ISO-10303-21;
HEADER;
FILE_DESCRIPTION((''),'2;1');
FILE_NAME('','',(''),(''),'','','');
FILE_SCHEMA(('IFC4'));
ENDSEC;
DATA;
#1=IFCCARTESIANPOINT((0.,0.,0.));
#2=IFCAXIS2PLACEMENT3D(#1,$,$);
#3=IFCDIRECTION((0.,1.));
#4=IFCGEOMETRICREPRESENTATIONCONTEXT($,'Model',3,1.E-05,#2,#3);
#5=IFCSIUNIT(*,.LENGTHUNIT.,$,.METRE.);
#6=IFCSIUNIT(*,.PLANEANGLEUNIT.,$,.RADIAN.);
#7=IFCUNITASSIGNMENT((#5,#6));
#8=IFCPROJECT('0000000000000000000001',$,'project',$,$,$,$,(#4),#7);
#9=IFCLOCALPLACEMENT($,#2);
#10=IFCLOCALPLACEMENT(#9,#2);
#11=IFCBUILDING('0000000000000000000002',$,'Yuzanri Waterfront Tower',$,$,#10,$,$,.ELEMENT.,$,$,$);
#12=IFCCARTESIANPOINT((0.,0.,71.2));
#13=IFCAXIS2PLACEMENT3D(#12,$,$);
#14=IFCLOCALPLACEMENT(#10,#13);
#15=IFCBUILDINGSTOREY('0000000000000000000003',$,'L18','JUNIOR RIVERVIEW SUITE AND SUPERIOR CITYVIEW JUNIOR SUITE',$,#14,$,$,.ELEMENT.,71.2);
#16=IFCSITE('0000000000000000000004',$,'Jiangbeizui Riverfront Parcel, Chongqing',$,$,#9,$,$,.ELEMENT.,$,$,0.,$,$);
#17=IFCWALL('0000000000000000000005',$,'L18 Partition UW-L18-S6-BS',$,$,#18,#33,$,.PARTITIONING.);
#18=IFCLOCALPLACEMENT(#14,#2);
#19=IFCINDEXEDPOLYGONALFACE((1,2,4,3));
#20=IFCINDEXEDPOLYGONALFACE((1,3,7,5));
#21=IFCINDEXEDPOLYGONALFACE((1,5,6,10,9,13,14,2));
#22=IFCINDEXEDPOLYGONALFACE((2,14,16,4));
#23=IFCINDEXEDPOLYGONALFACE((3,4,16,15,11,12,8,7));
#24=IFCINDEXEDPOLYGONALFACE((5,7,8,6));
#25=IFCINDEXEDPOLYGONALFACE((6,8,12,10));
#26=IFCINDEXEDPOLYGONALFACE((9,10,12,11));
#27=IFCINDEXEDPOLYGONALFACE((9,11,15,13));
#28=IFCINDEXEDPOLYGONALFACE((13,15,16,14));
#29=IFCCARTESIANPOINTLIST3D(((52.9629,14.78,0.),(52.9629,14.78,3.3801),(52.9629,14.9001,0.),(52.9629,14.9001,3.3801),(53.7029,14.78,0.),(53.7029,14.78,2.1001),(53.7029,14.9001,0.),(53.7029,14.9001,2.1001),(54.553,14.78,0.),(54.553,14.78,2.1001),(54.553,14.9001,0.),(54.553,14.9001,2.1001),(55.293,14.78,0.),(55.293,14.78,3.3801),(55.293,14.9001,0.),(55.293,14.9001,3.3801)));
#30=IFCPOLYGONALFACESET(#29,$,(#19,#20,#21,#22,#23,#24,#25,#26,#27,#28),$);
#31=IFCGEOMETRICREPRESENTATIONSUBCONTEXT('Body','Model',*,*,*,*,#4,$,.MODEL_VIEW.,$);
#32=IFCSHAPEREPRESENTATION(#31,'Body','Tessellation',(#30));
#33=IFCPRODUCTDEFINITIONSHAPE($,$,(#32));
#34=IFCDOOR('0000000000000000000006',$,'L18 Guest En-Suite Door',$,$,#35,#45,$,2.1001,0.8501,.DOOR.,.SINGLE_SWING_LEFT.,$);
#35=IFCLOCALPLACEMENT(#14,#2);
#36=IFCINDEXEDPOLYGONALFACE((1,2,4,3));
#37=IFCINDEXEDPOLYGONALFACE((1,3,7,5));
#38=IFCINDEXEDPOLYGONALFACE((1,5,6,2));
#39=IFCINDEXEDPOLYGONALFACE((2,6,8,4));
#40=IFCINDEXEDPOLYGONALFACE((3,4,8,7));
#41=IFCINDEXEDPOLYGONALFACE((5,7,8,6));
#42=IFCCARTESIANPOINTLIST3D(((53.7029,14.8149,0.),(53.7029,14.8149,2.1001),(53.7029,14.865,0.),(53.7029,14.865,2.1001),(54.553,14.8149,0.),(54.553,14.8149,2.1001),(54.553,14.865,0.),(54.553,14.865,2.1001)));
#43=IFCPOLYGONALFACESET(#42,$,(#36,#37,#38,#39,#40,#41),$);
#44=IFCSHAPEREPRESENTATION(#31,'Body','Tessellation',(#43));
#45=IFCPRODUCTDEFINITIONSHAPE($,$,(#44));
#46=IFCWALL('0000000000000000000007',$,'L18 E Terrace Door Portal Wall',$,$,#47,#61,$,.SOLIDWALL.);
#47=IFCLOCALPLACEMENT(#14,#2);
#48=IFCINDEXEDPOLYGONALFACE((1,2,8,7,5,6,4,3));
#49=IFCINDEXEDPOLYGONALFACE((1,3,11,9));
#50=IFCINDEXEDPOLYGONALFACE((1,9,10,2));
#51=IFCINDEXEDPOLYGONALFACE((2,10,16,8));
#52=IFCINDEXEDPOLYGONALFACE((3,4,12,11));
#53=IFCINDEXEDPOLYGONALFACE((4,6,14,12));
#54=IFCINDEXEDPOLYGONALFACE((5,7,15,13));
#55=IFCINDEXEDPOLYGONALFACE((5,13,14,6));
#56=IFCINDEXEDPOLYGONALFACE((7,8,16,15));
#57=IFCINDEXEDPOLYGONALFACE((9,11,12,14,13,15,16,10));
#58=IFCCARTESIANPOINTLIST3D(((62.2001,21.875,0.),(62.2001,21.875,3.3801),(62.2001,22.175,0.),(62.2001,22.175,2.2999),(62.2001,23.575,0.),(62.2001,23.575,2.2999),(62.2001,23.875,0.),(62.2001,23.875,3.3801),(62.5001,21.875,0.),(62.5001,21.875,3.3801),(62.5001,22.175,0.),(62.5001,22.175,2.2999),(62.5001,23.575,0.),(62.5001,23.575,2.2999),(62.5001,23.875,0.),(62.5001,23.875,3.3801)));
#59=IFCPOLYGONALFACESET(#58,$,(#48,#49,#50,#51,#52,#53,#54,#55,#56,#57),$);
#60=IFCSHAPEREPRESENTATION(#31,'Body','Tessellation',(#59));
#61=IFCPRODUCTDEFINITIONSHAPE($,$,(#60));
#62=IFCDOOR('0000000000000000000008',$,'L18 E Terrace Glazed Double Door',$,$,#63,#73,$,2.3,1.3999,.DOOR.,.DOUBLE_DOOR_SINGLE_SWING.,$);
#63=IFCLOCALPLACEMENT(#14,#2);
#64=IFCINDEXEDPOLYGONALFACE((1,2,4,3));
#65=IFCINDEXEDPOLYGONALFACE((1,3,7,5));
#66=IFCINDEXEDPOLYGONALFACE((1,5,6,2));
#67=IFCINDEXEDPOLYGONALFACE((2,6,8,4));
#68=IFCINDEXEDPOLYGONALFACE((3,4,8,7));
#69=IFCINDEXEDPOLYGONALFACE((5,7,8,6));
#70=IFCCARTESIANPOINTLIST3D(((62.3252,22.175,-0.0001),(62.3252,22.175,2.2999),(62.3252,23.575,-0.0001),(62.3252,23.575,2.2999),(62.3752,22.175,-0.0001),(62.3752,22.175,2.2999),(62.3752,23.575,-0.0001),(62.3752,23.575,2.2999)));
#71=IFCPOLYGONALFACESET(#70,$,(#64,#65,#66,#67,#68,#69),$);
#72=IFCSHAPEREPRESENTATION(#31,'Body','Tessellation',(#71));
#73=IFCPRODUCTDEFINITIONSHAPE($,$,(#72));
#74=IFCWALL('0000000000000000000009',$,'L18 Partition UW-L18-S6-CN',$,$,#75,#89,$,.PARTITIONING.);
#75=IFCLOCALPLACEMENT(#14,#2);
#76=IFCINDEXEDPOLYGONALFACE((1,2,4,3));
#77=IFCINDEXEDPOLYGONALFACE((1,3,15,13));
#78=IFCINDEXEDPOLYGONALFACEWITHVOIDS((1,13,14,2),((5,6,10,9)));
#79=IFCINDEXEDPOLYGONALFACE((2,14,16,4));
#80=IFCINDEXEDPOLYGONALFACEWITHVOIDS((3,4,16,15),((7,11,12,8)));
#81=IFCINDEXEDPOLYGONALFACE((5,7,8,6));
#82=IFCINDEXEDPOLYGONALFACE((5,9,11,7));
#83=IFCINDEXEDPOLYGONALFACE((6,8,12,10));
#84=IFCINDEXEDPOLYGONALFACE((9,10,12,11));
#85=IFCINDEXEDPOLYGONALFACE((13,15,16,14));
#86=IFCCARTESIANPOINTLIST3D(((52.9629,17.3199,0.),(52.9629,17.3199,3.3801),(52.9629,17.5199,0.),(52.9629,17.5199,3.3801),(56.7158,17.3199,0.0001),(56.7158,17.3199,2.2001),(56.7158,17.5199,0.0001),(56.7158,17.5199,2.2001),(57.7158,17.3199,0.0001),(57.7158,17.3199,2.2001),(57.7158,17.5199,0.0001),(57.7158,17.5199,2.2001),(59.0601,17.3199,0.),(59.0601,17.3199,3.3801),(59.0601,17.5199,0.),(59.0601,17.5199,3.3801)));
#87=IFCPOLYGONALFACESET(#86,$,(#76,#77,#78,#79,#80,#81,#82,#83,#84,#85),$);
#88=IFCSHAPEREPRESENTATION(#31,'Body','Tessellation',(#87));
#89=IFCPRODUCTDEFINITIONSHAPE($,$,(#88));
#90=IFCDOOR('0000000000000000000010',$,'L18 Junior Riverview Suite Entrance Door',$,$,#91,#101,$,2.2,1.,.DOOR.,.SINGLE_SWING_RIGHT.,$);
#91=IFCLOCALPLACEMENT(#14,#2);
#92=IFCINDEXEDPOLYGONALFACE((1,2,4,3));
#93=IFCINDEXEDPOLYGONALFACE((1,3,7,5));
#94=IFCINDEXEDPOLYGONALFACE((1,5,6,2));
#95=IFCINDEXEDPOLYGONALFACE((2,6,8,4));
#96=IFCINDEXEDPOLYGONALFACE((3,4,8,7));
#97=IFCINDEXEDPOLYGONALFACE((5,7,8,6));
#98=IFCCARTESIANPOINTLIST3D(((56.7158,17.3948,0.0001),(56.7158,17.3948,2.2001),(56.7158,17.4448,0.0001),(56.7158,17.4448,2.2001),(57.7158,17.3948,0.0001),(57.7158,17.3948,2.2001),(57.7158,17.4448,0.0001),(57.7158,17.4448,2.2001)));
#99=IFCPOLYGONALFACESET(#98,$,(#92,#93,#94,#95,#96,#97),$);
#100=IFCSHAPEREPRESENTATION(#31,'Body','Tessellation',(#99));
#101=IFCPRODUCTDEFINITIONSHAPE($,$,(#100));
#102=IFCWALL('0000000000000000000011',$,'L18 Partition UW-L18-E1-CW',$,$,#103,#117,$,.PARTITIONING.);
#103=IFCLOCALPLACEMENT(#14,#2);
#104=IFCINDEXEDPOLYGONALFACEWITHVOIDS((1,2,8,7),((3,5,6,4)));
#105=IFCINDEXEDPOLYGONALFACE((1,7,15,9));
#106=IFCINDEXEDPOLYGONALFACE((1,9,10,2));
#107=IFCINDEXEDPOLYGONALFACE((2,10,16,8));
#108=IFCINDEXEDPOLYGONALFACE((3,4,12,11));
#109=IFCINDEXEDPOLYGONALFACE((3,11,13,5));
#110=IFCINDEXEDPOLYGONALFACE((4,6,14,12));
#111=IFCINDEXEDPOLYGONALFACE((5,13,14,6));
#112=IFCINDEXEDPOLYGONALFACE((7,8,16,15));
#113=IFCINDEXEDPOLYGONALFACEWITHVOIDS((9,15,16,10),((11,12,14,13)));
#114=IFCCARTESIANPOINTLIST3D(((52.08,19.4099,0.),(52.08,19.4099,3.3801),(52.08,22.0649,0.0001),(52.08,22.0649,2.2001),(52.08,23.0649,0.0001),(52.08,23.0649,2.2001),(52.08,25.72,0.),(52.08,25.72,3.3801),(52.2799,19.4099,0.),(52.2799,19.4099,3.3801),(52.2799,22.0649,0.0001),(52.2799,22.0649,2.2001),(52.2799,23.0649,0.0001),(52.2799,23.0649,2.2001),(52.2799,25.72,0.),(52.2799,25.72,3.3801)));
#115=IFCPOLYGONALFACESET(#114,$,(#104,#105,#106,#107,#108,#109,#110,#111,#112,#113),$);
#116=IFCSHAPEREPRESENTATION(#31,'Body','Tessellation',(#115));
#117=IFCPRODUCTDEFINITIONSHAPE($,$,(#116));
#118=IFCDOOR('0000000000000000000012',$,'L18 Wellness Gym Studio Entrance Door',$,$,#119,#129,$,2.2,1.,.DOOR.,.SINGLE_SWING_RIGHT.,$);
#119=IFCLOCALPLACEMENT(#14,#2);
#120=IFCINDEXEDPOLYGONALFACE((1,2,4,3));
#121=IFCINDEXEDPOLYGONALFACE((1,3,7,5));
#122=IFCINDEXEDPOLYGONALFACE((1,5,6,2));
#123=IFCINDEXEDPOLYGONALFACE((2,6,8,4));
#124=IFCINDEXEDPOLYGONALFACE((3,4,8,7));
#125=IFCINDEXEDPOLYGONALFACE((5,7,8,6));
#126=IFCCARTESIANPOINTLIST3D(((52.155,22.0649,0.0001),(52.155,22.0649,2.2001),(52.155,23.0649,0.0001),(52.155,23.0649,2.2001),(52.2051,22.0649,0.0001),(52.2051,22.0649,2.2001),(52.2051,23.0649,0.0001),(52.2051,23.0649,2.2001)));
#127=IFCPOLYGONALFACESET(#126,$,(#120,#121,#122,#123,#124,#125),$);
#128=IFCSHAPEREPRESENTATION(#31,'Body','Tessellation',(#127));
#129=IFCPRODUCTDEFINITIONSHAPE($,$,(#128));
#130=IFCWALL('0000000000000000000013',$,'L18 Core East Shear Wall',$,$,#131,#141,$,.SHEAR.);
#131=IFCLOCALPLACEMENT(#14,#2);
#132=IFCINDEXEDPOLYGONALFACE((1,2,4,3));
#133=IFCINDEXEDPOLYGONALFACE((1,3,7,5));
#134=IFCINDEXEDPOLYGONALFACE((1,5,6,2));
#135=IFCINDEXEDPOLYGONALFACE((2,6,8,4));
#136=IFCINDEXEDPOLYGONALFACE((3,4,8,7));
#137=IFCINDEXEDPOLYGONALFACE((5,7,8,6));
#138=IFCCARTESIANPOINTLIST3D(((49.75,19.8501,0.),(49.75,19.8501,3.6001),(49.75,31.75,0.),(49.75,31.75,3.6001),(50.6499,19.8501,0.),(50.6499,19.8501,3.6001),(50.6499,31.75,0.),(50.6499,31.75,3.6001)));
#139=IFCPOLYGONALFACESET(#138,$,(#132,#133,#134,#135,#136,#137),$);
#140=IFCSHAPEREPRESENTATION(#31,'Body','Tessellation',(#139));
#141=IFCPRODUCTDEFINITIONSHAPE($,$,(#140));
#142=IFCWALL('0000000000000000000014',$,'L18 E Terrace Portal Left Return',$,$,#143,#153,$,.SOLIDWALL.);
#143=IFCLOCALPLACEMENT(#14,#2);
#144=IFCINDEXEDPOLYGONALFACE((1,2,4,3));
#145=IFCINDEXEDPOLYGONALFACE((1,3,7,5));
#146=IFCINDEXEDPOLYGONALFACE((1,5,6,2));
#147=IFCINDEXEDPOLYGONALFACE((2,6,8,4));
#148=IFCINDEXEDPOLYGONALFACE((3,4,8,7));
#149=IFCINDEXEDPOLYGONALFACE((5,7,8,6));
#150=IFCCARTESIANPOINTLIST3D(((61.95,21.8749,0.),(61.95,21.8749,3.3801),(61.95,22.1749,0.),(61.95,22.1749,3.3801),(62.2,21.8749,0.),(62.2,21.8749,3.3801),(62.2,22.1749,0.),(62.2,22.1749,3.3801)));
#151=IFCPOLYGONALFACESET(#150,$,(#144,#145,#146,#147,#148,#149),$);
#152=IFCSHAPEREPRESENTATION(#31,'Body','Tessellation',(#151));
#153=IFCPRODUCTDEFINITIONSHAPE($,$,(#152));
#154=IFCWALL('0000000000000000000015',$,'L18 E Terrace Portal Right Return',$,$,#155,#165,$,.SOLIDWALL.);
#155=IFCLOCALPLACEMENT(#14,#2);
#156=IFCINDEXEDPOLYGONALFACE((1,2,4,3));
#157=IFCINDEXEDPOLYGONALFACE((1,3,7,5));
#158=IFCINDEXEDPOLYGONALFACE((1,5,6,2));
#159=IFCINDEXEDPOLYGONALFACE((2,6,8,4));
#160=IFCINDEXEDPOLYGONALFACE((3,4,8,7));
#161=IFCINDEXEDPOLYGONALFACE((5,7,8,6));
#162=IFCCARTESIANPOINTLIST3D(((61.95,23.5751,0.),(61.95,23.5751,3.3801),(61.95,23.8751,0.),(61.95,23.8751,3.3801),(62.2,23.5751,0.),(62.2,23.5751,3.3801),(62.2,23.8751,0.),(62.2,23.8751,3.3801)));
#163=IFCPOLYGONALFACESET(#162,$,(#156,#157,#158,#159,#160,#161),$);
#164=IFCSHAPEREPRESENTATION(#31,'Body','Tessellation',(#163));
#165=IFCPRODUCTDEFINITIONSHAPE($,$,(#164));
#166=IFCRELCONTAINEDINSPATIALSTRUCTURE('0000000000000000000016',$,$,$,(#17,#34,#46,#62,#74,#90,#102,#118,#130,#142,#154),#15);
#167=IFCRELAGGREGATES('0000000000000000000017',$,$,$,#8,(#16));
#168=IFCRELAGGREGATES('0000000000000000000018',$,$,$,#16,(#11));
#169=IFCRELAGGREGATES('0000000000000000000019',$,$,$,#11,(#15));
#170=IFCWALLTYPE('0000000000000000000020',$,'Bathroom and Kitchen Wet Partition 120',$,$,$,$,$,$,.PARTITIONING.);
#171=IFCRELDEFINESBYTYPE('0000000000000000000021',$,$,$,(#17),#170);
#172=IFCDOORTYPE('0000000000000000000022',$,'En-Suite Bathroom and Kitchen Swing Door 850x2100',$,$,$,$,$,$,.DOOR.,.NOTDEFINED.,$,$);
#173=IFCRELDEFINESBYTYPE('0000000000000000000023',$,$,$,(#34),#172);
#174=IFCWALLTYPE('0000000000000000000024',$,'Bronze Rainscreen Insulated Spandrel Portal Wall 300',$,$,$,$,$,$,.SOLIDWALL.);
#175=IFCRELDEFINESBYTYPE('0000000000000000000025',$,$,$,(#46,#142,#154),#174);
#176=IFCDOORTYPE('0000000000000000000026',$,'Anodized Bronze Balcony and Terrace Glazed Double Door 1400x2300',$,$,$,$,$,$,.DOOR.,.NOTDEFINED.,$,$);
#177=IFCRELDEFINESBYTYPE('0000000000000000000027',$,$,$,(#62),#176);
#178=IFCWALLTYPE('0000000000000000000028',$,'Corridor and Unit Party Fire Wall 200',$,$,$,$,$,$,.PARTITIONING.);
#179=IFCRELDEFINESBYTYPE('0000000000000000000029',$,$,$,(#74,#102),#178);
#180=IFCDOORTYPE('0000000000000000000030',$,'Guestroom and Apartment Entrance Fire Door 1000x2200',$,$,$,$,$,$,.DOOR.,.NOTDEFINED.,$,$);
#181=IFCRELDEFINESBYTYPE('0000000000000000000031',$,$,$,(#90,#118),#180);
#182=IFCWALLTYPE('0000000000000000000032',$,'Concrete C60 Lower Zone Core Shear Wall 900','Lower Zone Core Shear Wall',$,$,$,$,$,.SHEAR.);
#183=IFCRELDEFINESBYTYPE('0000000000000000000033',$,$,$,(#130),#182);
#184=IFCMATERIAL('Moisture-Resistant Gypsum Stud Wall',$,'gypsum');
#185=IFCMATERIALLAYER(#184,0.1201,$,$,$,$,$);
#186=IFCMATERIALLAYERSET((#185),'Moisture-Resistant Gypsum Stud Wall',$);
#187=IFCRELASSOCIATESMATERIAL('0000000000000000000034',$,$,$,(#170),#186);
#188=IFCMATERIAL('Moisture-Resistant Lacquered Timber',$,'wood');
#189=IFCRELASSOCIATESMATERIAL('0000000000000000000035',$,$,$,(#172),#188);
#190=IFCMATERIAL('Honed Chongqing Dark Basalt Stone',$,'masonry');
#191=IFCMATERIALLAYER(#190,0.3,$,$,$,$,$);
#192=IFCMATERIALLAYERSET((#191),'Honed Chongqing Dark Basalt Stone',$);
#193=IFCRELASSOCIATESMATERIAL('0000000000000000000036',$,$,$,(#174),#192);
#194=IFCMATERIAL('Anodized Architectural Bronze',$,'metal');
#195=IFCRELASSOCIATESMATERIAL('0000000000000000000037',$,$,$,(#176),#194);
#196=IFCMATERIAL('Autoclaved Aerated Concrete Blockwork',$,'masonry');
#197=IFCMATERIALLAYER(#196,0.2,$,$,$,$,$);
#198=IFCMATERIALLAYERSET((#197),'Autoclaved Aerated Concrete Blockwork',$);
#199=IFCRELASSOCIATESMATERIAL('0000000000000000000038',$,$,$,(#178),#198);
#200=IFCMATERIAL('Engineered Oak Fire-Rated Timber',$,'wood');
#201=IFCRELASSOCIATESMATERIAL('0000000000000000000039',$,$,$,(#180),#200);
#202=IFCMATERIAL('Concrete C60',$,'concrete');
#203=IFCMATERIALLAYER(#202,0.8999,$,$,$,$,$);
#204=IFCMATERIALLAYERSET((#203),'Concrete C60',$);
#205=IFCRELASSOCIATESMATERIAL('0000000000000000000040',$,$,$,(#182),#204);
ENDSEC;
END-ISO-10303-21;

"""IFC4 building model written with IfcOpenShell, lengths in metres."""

from ifc_helpers import new_model, si_unit, direction, frame, frame_2d, origin, place, context, subcontext, project, spatial, rectangle, extrude, source, transform, mapped, material, layer, layer_set, type_object, element, fill, save


model = new_model("IFC4")

# Units and contexts
model_context = context("Model", 3, precision=1e-05, world=origin(), true_north=direction((0.0, 1.0)))
body_context = subcontext(model_context, "Body", "Model", "MODEL_VIEW")
ifc_project = project(units=[si_unit("LENGTHUNIT", "METRE"), si_unit("PLANEANGLEUNIT", "RADIAN")], contexts=[model_context])

# Site, building, storey
site_placement = place(None, origin())
site = spatial("IfcSite", under=ifc_project, at=site_placement, Name="Jiangbeizui Riverfront Parcel, Chongqing", CompositionType="ELEMENT", RefElevation=0.0)
building_placement = place(site_placement, origin())
building = spatial("IfcBuilding", under=site, at=building_placement, Name="Yuzanri Waterfront Tower", CompositionType="ELEMENT")
storey_placement = place(building_placement, frame((0.0, 0.0, 71.2)))
storey = spatial("IfcBuildingStorey", under=building, at=storey_placement, Name="L18", Description="JUNIOR RIVERVIEW SUITE AND SUPERIOR CITYVIEW JUNIOR SUITE", CompositionType="ELEMENT", Elevation=71.2)

# Walls, openings, doors
ifc_material_1 = material(Name="Moisture-Resistant Gypsum Stud Wall", Category="gypsum")
ifc_layer_1 = layer(ifc_material_1, 0.1201)
ifc_layer_set_1 = layer_set([ifc_layer_1], Name="Moisture-Resistant Gypsum Stud Wall")
wall_type_1 = type_object("IfcWallType", Name="Bathroom and Kitchen Wet Partition 120", PredefinedType="PARTITIONING", material=ifc_layer_set_1)
wall_1_placement = place(storey_placement, frame((52.9629, 14.8401, 0.0), z_axis=(0.0, 0.0, 1.0), x_axis=(1.0, 0.0, 0.0)))
wall_1 = element("IfcWall", 1, at=wall_1_placement, inside=storey, type_object=wall_type_1, Name="L18 Partition UW-L18-S6-BS", PredefinedType="PARTITIONING", context=body_context, shape_type="SweptSolid", body=[
    extrude(rectangle(XDim=2.3301, YDim=0.1201, at=frame_2d((1.165, 0.0))), origin(), (0.0, 0.0, 1.0), 3.3801),
])
opening_1_placement = place(wall_1_placement, frame((0.74, 0.0, 0.0)))
opening_1 = element("IfcOpeningElement", 2, at=opening_1_placement, cuts=wall_1, PredefinedType="OPENING", context=body_context, shape_type="SweptSolid", body=[
    extrude(rectangle(XDim=0.8501, YDim=2.1001, at=frame_2d((0.425, 1.05))), frame((0.0, 0.075, 0.0), z_axis=(0.0, -1.0, 0.0), x_axis=(1.0, 0.0, 0.0)), (0.0, 0.0, 1.0), 0.1499),
])
ifc_material_2 = material(Name="Moisture-Resistant Lacquered Timber", Category="wood")
door_type_1 = type_object("IfcDoorType", Name="En-Suite Bathroom and Kitchen Swing Door 850x2100", OperationType="NOTDEFINED", PredefinedType="DOOR", material=ifc_material_2)
shared_shape_1 = source(origin(), body_context, "Body", "SweptSolid", [
    extrude(rectangle(XDim=0.8501, YDim=2.1001, at=frame_2d((0.425, 1.05))), frame((0.0, 0.0249, 0.0), z_axis=(0.0, -1.0, 0.0), x_axis=(1.0, 0.0, 0.0)), (0.0, 0.0, 1.0), 0.05),
])
door_1_placement = place(opening_1_placement, origin())
door_1 = element("IfcDoor", 3, at=door_1_placement, inside=storey, type_object=door_type_1, Name="L18 Guest En-Suite Door", OperationType="SINGLE_SWING_LEFT", OverallHeight=2.1001, OverallWidth=0.8501, PredefinedType="DOOR", context=body_context, shape_type="MappedRepresentation", body=[
    mapped(shared_shape_1, transform((0.0, 0.0, 0.0), scale=1.0)),
])
fill(opening_1, door_1)
ifc_material_3 = material(Name="Honed Chongqing Dark Basalt Stone", Category="masonry")
ifc_layer_2 = layer(ifc_material_3, 0.3)
ifc_layer_set_2 = layer_set([ifc_layer_2], Name="Honed Chongqing Dark Basalt Stone")
wall_type_2 = type_object("IfcWallType", Name="Bronze Rainscreen Insulated Spandrel Portal Wall 300", PredefinedType="SOLIDWALL", material=ifc_layer_set_2)
wall_2_placement = place(storey_placement, frame((62.3501, 21.875, 0.0), z_axis=(0.0, 0.0, 1.0), x_axis=(0.0, 1.0, 0.0)))
wall_2 = element("IfcWall", 4, at=wall_2_placement, inside=storey, type_object=wall_type_2, Name="L18 E Terrace Door Portal Wall", PredefinedType="SOLIDWALL", context=body_context, shape_type="SweptSolid", body=[
    extrude(rectangle(XDim=2.0, YDim=0.3, at=frame_2d((1.0, 0.0))), origin(), (0.0, 0.0, 1.0), 3.3801),
])
opening_2_placement = place(wall_2_placement, frame((0.3, 0.0, 0.0)))
opening_2 = element("IfcOpeningElement", 5, at=opening_2_placement, cuts=wall_2, PredefinedType="OPENING", context=body_context, shape_type="SweptSolid", body=[
    extrude(rectangle(XDim=1.3999, YDim=2.3, at=frame_2d((0.7, 1.1499))), frame((0.0, 0.165, 0.0), z_axis=(0.0, -1.0, 0.0), x_axis=(1.0, 0.0, 0.0)), (0.0, 0.0, 1.0), 0.3298),
])
ifc_material_4 = material(Name="Anodized Architectural Bronze", Category="metal")
door_type_2 = type_object("IfcDoorType", Name="Anodized Bronze Balcony and Terrace Glazed Double Door 1400x2300", OperationType="NOTDEFINED", PredefinedType="DOOR", material=ifc_material_4)
shared_shape_2 = source(origin(), body_context, "Body", "SweptSolid", [
    extrude(rectangle(XDim=1.3999, YDim=2.3, at=frame_2d((0.7, 1.1499))), frame((0.0, 0.0249, 0.0), z_axis=(0.0, -1.0, 0.0), x_axis=(1.0, 0.0, 0.0)), (0.0, 0.0, 1.0), 0.05),
])
door_2_placement = place(opening_2_placement, origin())
door_2 = element("IfcDoor", 6, at=door_2_placement, inside=storey, type_object=door_type_2, Name="L18 E Terrace Glazed Double Door", OperationType="DOUBLE_DOOR_SINGLE_SWING", OverallHeight=2.3, OverallWidth=1.3999, PredefinedType="DOOR", context=body_context, shape_type="MappedRepresentation", body=[
    mapped(shared_shape_2, transform((0.0, 0.0, 0.0), scale=1.0)),
])
fill(opening_2, door_2)
ifc_material_5 = material(Name="Autoclaved Aerated Concrete Blockwork", Category="masonry")
ifc_layer_3 = layer(ifc_material_5, 0.2)
ifc_layer_set_3 = layer_set([ifc_layer_3], Name="Autoclaved Aerated Concrete Blockwork")
wall_type_3 = type_object("IfcWallType", Name="Corridor and Unit Party Fire Wall 200", PredefinedType="PARTITIONING", material=ifc_layer_set_3)
wall_3_placement = place(storey_placement, frame((52.9629, 17.4199, 0.0), z_axis=(0.0, 0.0, 1.0), x_axis=(1.0, 0.0, 0.0)))
wall_3 = element("IfcWall", 7, at=wall_3_placement, inside=storey, type_object=wall_type_3, Name="L18 Partition UW-L18-S6-CN", PredefinedType="PARTITIONING", context=body_context, shape_type="SweptSolid", body=[
    extrude(rectangle(XDim=6.0972, YDim=0.2, at=frame_2d((3.0486, 0.0))), origin(), (0.0, 0.0, 1.0), 3.3801),
])
opening_3_placement = place(wall_3_placement, frame((3.7529, 0.0, 0.0)))
opening_3 = element("IfcOpeningElement", 8, at=opening_3_placement, cuts=wall_3, PredefinedType="OPENING", context=body_context, shape_type="SweptSolid", body=[
    extrude(rectangle(XDim=1.0, YDim=2.2, at=frame_2d((0.5, 1.1001))), frame((0.0, 0.1147, 0.0), z_axis=(0.0, -1.0, 0.0), x_axis=(1.0, 0.0, 0.0)), (0.0, 0.0, 1.0), 0.2297),
])
ifc_material_6 = material(Name="Engineered Oak Fire-Rated Timber", Category="wood")
door_type_3 = type_object("IfcDoorType", Name="Guestroom and Apartment Entrance Fire Door 1000x2200", OperationType="NOTDEFINED", PredefinedType="DOOR", material=ifc_material_6)
shared_shape_3 = source(origin(), body_context, "Body", "SweptSolid", [
    extrude(rectangle(XDim=1.0, YDim=2.2, at=frame_2d((0.5, 1.1001))), frame((0.0, 0.0249, 0.0), z_axis=(0.0, -1.0, 0.0), x_axis=(1.0, 0.0, 0.0)), (0.0, 0.0, 1.0), 0.05),
])
door_3_placement = place(opening_3_placement, origin())
door_3 = element("IfcDoor", 9, at=door_3_placement, inside=storey, type_object=door_type_3, Name="L18 Junior Riverview Suite Entrance Door", OperationType="SINGLE_SWING_RIGHT", OverallHeight=2.2, OverallWidth=1.0, PredefinedType="DOOR", context=body_context, shape_type="MappedRepresentation", body=[
    mapped(shared_shape_3, transform((0.0, 0.0, 0.0), scale=1.0)),
])
fill(opening_3, door_3)
wall_4_placement = place(storey_placement, frame((52.1799, 19.4099, 0.0), z_axis=(0.0, 0.0, 1.0), x_axis=(0.0, 1.0, 0.0)))
wall_4 = element("IfcWall", 10, at=wall_4_placement, inside=storey, type_object=wall_type_3, Name="L18 Partition UW-L18-E1-CW", PredefinedType="PARTITIONING", context=body_context, shape_type="SweptSolid", body=[
    extrude(rectangle(XDim=6.3101, YDim=0.2, at=frame_2d((3.155, 0.0))), origin(), (0.0, 0.0, 1.0), 3.3801),
])
opening_4_placement = place(wall_4_placement, frame((2.655, 0.0, 0.0)))
opening_4 = element("IfcOpeningElement", 11, at=opening_4_placement, cuts=wall_4, PredefinedType="OPENING", context=body_context, shape_type="SweptSolid", body=[
    extrude(rectangle(XDim=1.0, YDim=2.2, at=frame_2d((0.5, 1.1001))), frame((0.0, 0.1147, 0.0), z_axis=(0.0, -1.0, 0.0), x_axis=(1.0, 0.0, 0.0)), (0.0, 0.0, 1.0), 0.2297),
])
door_4_placement = place(opening_4_placement, origin())
door_4 = element("IfcDoor", 12, at=door_4_placement, inside=storey, type_object=door_type_3, Name="L18 Wellness Gym Studio Entrance Door", OperationType="SINGLE_SWING_RIGHT", OverallHeight=2.2, OverallWidth=1.0, PredefinedType="DOOR", context=body_context, shape_type="MappedRepresentation", body=[
    mapped(shared_shape_3, transform((0.0, 0.0, 0.0), scale=1.0)),
])
fill(opening_4, door_4)

# Walls
ifc_material_7 = material(Name="Concrete C60", Category="concrete")
ifc_layer_4 = layer(ifc_material_7, 0.8999)
ifc_layer_set_4 = layer_set([ifc_layer_4], Name="Concrete C60")
wall_type_4 = type_object("IfcWallType", Name="Concrete C60 Lower Zone Core Shear Wall 900", Description="Lower Zone Core Shear Wall", PredefinedType="SHEAR", material=ifc_layer_set_4)
shared_shape_4 = source(origin(), body_context, "Body", "SweptSolid", [
    extrude(rectangle(XDim=11.8999, YDim=0.8999, at=frame_2d((5.95, 0.0))), origin(), (0.0, 0.0, 1.0), 3.6001),
])
wall_5_placement = place(storey_placement, frame((50.2, 19.8501, 0.0), z_axis=(0.0, 0.0, 1.0), x_axis=(0.0, 1.0, 0.0)))
element("IfcWall", 13, at=wall_5_placement, inside=storey, type_object=wall_type_4, Name="L18 Core East Shear Wall", PredefinedType="SHEAR", context=body_context, shape_type="MappedRepresentation", body=[
    mapped(shared_shape_4, transform((0.0, 0.0, 0.0), scale=1.0)),
])
shared_shape_5 = source(origin(), body_context, "Body", "SweptSolid", [
    extrude(rectangle(XDim=0.25, YDim=0.3, at=frame_2d((0.125, 0.0))), origin(), (0.0, 0.0, 1.0), 3.3801),
])
for number, where, z_axis, x_axis, name in (
    (14, (61.95, 22.0249, 0.0), (0.0, 0.0, 1.0), (1.0, 0.0, 0.0), "L18 E Terrace Portal Left Return"),
    (15, (62.2, 23.7251, 0.0), (0.0, 0.0, 1.0), (-1.0, 0.0, 0.0), "L18 E Terrace Portal Right Return"),
):
    element("IfcWall", number, at=place(storey_placement, frame(where, z_axis=z_axis, x_axis=x_axis)), inside=storey, type_object=wall_type_2, Name=name, PredefinedType="SOLIDWALL", context=body_context, shape_type="MappedRepresentation", body=[
        mapped(shared_shape_5, transform((0.0, 0.0, 0.0), scale=1.0)),
    ])

save(model, "model.ifc")
